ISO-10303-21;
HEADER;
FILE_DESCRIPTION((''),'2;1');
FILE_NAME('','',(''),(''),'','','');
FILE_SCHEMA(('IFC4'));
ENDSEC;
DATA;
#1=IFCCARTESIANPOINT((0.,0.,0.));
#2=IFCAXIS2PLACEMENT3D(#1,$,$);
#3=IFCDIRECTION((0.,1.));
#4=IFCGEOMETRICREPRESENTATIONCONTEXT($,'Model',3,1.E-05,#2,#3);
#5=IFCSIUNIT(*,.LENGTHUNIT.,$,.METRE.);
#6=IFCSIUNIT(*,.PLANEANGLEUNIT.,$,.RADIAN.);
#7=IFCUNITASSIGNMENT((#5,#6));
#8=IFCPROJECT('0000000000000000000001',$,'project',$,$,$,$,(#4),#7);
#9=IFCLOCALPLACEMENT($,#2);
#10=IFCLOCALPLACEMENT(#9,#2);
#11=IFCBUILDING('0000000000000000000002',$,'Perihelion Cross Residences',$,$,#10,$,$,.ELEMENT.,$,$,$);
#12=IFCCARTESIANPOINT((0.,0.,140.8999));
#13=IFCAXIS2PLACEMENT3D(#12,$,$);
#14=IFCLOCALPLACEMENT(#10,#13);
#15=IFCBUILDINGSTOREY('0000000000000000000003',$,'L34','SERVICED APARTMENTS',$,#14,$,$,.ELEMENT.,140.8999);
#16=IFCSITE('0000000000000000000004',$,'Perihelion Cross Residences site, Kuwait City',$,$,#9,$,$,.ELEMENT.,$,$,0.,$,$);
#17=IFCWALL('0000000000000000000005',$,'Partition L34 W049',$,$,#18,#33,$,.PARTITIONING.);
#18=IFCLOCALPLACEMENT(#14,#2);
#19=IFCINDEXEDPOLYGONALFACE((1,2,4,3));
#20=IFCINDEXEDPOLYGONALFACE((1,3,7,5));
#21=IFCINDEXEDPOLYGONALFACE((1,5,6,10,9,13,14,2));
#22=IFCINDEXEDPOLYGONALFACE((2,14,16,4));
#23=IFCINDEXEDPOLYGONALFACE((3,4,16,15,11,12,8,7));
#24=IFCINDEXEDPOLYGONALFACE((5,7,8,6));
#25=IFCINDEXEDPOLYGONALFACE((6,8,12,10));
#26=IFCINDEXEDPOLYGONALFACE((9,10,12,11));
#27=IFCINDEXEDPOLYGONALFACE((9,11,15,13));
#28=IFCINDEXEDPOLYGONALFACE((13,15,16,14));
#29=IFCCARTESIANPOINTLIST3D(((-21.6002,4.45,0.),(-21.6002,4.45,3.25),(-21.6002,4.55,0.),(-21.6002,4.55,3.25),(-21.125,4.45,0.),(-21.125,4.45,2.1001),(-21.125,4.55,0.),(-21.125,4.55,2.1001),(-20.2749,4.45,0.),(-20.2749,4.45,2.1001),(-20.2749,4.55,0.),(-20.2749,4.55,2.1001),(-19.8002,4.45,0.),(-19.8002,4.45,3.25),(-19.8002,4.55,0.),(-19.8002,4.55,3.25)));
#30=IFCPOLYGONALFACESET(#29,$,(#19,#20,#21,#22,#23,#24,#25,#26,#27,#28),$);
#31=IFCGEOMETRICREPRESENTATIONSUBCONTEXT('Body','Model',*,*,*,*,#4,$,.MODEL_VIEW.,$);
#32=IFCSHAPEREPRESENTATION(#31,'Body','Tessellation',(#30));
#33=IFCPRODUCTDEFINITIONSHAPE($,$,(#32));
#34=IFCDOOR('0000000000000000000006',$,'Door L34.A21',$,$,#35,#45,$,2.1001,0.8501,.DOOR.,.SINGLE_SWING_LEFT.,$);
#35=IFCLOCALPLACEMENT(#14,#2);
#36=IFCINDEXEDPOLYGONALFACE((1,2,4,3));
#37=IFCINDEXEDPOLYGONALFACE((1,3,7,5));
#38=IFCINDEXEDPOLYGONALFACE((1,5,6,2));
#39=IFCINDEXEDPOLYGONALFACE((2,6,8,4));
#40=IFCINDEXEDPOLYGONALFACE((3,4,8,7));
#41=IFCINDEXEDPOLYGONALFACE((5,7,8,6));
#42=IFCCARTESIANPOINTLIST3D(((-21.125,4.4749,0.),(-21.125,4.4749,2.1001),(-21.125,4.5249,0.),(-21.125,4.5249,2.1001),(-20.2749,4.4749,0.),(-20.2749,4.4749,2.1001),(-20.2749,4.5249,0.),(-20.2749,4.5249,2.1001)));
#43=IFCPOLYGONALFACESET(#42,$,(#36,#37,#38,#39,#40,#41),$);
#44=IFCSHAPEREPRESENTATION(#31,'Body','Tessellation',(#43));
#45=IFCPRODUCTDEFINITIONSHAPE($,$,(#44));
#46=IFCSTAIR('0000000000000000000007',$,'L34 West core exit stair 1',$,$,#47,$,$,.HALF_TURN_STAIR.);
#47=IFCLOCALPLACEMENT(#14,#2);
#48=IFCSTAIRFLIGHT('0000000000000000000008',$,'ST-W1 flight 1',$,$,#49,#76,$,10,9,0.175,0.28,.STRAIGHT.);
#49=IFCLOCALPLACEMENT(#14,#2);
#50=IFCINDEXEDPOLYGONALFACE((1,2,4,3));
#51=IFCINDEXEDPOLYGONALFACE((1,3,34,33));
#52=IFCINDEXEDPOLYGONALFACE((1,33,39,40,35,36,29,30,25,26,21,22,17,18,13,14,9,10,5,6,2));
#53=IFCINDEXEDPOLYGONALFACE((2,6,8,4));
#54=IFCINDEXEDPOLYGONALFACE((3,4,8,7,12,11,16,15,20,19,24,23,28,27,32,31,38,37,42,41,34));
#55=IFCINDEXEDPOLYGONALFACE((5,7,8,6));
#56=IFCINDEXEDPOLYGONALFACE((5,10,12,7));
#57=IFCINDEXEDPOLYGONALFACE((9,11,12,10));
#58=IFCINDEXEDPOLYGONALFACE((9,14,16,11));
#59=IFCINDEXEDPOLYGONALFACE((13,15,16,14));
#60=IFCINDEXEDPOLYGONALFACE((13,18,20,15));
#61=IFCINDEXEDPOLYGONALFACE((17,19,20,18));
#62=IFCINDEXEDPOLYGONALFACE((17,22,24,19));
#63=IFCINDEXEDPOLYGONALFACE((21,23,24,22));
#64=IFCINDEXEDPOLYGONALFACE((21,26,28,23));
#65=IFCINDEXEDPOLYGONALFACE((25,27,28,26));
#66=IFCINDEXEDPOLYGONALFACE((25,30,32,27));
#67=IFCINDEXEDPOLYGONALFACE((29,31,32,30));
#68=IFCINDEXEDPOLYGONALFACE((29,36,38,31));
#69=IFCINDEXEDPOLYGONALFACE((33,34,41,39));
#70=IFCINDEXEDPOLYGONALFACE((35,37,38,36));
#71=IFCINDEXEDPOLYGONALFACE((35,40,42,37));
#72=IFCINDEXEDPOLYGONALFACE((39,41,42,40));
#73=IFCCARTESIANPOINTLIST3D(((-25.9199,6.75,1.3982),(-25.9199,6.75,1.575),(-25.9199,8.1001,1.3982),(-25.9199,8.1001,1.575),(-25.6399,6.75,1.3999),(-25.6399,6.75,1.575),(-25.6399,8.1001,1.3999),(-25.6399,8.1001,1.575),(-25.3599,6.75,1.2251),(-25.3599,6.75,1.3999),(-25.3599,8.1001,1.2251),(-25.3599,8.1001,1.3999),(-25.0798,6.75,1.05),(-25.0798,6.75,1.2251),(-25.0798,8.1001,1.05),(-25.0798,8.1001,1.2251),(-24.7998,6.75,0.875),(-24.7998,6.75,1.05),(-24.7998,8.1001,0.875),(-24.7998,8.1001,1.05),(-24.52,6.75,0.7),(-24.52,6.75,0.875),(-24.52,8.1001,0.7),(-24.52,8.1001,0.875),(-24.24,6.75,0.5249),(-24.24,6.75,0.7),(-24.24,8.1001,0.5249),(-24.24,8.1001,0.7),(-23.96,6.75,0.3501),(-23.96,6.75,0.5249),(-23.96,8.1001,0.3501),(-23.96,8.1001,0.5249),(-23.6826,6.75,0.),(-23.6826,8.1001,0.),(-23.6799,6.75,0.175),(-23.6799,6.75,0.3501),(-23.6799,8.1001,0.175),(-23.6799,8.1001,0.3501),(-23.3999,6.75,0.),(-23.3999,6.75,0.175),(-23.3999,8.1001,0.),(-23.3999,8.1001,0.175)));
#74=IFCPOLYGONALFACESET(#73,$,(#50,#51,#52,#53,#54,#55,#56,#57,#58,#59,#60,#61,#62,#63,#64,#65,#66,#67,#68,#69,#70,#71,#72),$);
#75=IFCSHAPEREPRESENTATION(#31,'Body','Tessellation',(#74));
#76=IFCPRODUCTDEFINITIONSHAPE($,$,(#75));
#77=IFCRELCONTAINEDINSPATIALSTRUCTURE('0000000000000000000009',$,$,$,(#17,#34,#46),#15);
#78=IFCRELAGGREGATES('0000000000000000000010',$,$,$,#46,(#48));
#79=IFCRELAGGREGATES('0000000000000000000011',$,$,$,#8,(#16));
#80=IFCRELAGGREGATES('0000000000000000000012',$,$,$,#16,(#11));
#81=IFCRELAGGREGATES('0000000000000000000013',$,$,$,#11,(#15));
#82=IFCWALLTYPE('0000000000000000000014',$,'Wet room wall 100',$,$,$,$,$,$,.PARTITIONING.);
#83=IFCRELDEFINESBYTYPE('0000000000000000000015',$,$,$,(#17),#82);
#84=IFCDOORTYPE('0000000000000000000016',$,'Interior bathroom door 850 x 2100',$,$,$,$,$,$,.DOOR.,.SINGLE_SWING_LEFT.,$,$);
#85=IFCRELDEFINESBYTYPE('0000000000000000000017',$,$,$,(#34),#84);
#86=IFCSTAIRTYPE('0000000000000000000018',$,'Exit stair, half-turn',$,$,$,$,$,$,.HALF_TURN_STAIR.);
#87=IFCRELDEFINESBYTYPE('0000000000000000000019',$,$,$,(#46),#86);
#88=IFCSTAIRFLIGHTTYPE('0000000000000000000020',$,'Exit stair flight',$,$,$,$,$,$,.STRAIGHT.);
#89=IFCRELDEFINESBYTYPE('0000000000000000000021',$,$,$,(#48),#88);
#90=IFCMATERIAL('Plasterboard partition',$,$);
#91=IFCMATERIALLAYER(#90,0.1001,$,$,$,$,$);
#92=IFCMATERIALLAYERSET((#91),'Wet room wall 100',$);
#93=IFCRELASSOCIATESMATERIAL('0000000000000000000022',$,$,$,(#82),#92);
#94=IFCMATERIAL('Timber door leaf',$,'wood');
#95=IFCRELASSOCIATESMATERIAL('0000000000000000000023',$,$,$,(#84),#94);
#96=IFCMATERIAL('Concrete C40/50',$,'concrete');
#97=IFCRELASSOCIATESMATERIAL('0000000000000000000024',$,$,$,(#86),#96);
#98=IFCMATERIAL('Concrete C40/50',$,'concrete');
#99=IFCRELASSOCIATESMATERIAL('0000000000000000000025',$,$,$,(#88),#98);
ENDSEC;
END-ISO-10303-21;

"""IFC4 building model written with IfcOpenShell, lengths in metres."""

from ifc_helpers import new_model, si_unit, direction, frame, frame_2d, origin, place, context, subcontext, project, spatial, polyline, rectangle, outline, extrude, material, layer, layer_set, type_object, element, fill, aggregate, save


model = new_model("IFC4")

# Units and contexts
model_context = context("Model", 3, precision=1e-05, world=origin(), true_north=direction((0.0, 1.0)))
body_context = subcontext(model_context, "Body", "Model", "MODEL_VIEW")
ifc_project = project(units=[si_unit("LENGTHUNIT", "METRE"), si_unit("PLANEANGLEUNIT", "RADIAN")], contexts=[model_context])

# Site, building, storey
site_placement = place(None, origin())
site = spatial("IfcSite", under=ifc_project, at=site_placement, Name="Perihelion Cross Residences site, Kuwait City", CompositionType="ELEMENT", RefElevation=0.0)
building_placement = place(site_placement, origin())
building = spatial("IfcBuilding", under=site, at=building_placement, Name="Perihelion Cross Residences", CompositionType="ELEMENT")
storey_placement = place(building_placement, frame((0.0, 0.0, 140.8999)))
storey = spatial("IfcBuildingStorey", under=building, at=storey_placement, Name="L34", Description="SERVICED APARTMENTS", CompositionType="ELEMENT", Elevation=140.8999)

# Shared definitions
ifc_material_1 = material(Name="Plasterboard partition")
ifc_layer_1 = layer(ifc_material_1, 0.1001)
ifc_layer_set_1 = layer_set([ifc_layer_1], Name="Wet room wall 100")
wall_type_1 = type_object("IfcWallType", Name="Wet room wall 100", PredefinedType="PARTITIONING", material=ifc_layer_set_1)

# Wall, opening, door
wall_1_placement = place(storey_placement, frame((-21.6001, 4.5, 0.0), z_axis=(0.0, 0.0, 1.0), x_axis=(1.0, 0.0, 0.0)))
wall_1 = element("IfcWall", 1, at=wall_1_placement, inside=storey, type_object=wall_type_1, Name="Partition L34 W049", PredefinedType="PARTITIONING", context=body_context, shape_type="SweptSolid", body=[
    extrude(rectangle(XDim=1.8, YDim=0.1001, at=frame_2d((0.8999, 0.0))), origin(), (0.0, 0.0, 1.0), 3.25),
])
opening_1_placement = place(wall_1_placement, frame((0.4751, 0.0, 0.0)))
opening_1 = element("IfcOpeningElement", 2, at=opening_1_placement, cuts=wall_1, PredefinedType="OPENING", context=body_context, shape_type="SweptSolid", body=[
    extrude(rectangle(XDim=0.8501, YDim=2.1001, at=frame_2d((0.425, 1.05))), frame((0.0, 0.0601, 0.0), z_axis=(0.0, -1.0, 0.0), x_axis=(1.0, 0.0, 0.0)), (0.0, 0.0, 1.0), 0.1201),
])
ifc_material_2 = material(Name="Timber door leaf", Category="wood")
door_type_1 = type_object("IfcDoorType", Name="Interior bathroom door 850 x 2100", OperationType="SINGLE_SWING_LEFT", PredefinedType="DOOR", material=ifc_material_2)
door_1_placement = place(opening_1_placement, origin())
door_1 = element("IfcDoor", 3, at=door_1_placement, inside=storey, type_object=door_type_1, Name="Door L34.A21", OperationType="SINGLE_SWING_LEFT", OverallHeight=2.1001, OverallWidth=0.8501, PredefinedType="DOOR", context=body_context, shape_type="SweptSolid", body=[
    extrude(rectangle(XDim=0.8501, YDim=2.1001, at=frame_2d((0.425, 1.05))), frame((0.0, 0.0249, 0.0), z_axis=(0.0, -1.0, 0.0), x_axis=(1.0, 0.0, 0.0)), (0.0, 0.0, 1.0), 0.05),
])
fill(opening_1, door_1)

# Stair, stair flight
ifc_material_3 = material(Name="Concrete C40/50", Category="concrete")
stair_type = type_object("IfcStairType", Name="Exit stair, half-turn", PredefinedType="HALF_TURN_STAIR", material=ifc_material_3)
stair_placement = place(storey_placement, origin())
stair = element("IfcStair", 4, at=stair_placement, inside=storey, type_object=stair_type, Name="L34 West core exit stair 1", PredefinedType="HALF_TURN_STAIR")
ifc_material_4 = material(Name="Concrete C40/50", Category="concrete")
stair_flight_type = type_object("IfcStairFlightType", Name="Exit stair flight", PredefinedType="STRAIGHT", material=ifc_material_4)
stair_flight_placement = place(storey_placement, frame((-23.3999, 7.425, 0.0), z_axis=(0.0, 0.0, 1.0), x_axis=(-1.0, 0.0, 0.0)))
stair_flight = element("IfcStairFlight", 5, at=stair_flight_placement, type_object=stair_flight_type, Name="ST-W1 flight 1", NumberOfRisers=10, NumberOfTreads=9, PredefinedType="STRAIGHT", RiserHeight=0.175, TreadLength=0.28, context=body_context, shape_type="SweptSolid", body=[
    extrude(outline(polyline([(0.0, 0.0), (0.0, 0.175), (0.28, 0.175), (0.28, 0.3501), (0.5601, 0.3501), (0.5601, 0.5249), (0.8401, 0.5249), (0.8401, 0.7), (1.1201, 0.7), (1.1201, 0.875), (1.3999, 0.875), (1.3999, 1.05), (1.6799, 1.05), (1.6799, 1.2251), (1.96, 1.2251), (1.96, 1.3999), (2.24, 1.3999), (2.24, 1.575), (2.52, 1.575), (2.52, 1.75), (2.52, 1.3982), (0.2827, 0.0), (0.0, 0.0)])), frame((0.0, 0.675, 0.0), z_axis=(0.0, -1.0, 0.0), x_axis=(1.0, 0.0, 0.0)), (0.0, 0.0, 1.0), 1.3501),
])
aggregate(stair, [stair_flight])

save(model, "model.ifc")
